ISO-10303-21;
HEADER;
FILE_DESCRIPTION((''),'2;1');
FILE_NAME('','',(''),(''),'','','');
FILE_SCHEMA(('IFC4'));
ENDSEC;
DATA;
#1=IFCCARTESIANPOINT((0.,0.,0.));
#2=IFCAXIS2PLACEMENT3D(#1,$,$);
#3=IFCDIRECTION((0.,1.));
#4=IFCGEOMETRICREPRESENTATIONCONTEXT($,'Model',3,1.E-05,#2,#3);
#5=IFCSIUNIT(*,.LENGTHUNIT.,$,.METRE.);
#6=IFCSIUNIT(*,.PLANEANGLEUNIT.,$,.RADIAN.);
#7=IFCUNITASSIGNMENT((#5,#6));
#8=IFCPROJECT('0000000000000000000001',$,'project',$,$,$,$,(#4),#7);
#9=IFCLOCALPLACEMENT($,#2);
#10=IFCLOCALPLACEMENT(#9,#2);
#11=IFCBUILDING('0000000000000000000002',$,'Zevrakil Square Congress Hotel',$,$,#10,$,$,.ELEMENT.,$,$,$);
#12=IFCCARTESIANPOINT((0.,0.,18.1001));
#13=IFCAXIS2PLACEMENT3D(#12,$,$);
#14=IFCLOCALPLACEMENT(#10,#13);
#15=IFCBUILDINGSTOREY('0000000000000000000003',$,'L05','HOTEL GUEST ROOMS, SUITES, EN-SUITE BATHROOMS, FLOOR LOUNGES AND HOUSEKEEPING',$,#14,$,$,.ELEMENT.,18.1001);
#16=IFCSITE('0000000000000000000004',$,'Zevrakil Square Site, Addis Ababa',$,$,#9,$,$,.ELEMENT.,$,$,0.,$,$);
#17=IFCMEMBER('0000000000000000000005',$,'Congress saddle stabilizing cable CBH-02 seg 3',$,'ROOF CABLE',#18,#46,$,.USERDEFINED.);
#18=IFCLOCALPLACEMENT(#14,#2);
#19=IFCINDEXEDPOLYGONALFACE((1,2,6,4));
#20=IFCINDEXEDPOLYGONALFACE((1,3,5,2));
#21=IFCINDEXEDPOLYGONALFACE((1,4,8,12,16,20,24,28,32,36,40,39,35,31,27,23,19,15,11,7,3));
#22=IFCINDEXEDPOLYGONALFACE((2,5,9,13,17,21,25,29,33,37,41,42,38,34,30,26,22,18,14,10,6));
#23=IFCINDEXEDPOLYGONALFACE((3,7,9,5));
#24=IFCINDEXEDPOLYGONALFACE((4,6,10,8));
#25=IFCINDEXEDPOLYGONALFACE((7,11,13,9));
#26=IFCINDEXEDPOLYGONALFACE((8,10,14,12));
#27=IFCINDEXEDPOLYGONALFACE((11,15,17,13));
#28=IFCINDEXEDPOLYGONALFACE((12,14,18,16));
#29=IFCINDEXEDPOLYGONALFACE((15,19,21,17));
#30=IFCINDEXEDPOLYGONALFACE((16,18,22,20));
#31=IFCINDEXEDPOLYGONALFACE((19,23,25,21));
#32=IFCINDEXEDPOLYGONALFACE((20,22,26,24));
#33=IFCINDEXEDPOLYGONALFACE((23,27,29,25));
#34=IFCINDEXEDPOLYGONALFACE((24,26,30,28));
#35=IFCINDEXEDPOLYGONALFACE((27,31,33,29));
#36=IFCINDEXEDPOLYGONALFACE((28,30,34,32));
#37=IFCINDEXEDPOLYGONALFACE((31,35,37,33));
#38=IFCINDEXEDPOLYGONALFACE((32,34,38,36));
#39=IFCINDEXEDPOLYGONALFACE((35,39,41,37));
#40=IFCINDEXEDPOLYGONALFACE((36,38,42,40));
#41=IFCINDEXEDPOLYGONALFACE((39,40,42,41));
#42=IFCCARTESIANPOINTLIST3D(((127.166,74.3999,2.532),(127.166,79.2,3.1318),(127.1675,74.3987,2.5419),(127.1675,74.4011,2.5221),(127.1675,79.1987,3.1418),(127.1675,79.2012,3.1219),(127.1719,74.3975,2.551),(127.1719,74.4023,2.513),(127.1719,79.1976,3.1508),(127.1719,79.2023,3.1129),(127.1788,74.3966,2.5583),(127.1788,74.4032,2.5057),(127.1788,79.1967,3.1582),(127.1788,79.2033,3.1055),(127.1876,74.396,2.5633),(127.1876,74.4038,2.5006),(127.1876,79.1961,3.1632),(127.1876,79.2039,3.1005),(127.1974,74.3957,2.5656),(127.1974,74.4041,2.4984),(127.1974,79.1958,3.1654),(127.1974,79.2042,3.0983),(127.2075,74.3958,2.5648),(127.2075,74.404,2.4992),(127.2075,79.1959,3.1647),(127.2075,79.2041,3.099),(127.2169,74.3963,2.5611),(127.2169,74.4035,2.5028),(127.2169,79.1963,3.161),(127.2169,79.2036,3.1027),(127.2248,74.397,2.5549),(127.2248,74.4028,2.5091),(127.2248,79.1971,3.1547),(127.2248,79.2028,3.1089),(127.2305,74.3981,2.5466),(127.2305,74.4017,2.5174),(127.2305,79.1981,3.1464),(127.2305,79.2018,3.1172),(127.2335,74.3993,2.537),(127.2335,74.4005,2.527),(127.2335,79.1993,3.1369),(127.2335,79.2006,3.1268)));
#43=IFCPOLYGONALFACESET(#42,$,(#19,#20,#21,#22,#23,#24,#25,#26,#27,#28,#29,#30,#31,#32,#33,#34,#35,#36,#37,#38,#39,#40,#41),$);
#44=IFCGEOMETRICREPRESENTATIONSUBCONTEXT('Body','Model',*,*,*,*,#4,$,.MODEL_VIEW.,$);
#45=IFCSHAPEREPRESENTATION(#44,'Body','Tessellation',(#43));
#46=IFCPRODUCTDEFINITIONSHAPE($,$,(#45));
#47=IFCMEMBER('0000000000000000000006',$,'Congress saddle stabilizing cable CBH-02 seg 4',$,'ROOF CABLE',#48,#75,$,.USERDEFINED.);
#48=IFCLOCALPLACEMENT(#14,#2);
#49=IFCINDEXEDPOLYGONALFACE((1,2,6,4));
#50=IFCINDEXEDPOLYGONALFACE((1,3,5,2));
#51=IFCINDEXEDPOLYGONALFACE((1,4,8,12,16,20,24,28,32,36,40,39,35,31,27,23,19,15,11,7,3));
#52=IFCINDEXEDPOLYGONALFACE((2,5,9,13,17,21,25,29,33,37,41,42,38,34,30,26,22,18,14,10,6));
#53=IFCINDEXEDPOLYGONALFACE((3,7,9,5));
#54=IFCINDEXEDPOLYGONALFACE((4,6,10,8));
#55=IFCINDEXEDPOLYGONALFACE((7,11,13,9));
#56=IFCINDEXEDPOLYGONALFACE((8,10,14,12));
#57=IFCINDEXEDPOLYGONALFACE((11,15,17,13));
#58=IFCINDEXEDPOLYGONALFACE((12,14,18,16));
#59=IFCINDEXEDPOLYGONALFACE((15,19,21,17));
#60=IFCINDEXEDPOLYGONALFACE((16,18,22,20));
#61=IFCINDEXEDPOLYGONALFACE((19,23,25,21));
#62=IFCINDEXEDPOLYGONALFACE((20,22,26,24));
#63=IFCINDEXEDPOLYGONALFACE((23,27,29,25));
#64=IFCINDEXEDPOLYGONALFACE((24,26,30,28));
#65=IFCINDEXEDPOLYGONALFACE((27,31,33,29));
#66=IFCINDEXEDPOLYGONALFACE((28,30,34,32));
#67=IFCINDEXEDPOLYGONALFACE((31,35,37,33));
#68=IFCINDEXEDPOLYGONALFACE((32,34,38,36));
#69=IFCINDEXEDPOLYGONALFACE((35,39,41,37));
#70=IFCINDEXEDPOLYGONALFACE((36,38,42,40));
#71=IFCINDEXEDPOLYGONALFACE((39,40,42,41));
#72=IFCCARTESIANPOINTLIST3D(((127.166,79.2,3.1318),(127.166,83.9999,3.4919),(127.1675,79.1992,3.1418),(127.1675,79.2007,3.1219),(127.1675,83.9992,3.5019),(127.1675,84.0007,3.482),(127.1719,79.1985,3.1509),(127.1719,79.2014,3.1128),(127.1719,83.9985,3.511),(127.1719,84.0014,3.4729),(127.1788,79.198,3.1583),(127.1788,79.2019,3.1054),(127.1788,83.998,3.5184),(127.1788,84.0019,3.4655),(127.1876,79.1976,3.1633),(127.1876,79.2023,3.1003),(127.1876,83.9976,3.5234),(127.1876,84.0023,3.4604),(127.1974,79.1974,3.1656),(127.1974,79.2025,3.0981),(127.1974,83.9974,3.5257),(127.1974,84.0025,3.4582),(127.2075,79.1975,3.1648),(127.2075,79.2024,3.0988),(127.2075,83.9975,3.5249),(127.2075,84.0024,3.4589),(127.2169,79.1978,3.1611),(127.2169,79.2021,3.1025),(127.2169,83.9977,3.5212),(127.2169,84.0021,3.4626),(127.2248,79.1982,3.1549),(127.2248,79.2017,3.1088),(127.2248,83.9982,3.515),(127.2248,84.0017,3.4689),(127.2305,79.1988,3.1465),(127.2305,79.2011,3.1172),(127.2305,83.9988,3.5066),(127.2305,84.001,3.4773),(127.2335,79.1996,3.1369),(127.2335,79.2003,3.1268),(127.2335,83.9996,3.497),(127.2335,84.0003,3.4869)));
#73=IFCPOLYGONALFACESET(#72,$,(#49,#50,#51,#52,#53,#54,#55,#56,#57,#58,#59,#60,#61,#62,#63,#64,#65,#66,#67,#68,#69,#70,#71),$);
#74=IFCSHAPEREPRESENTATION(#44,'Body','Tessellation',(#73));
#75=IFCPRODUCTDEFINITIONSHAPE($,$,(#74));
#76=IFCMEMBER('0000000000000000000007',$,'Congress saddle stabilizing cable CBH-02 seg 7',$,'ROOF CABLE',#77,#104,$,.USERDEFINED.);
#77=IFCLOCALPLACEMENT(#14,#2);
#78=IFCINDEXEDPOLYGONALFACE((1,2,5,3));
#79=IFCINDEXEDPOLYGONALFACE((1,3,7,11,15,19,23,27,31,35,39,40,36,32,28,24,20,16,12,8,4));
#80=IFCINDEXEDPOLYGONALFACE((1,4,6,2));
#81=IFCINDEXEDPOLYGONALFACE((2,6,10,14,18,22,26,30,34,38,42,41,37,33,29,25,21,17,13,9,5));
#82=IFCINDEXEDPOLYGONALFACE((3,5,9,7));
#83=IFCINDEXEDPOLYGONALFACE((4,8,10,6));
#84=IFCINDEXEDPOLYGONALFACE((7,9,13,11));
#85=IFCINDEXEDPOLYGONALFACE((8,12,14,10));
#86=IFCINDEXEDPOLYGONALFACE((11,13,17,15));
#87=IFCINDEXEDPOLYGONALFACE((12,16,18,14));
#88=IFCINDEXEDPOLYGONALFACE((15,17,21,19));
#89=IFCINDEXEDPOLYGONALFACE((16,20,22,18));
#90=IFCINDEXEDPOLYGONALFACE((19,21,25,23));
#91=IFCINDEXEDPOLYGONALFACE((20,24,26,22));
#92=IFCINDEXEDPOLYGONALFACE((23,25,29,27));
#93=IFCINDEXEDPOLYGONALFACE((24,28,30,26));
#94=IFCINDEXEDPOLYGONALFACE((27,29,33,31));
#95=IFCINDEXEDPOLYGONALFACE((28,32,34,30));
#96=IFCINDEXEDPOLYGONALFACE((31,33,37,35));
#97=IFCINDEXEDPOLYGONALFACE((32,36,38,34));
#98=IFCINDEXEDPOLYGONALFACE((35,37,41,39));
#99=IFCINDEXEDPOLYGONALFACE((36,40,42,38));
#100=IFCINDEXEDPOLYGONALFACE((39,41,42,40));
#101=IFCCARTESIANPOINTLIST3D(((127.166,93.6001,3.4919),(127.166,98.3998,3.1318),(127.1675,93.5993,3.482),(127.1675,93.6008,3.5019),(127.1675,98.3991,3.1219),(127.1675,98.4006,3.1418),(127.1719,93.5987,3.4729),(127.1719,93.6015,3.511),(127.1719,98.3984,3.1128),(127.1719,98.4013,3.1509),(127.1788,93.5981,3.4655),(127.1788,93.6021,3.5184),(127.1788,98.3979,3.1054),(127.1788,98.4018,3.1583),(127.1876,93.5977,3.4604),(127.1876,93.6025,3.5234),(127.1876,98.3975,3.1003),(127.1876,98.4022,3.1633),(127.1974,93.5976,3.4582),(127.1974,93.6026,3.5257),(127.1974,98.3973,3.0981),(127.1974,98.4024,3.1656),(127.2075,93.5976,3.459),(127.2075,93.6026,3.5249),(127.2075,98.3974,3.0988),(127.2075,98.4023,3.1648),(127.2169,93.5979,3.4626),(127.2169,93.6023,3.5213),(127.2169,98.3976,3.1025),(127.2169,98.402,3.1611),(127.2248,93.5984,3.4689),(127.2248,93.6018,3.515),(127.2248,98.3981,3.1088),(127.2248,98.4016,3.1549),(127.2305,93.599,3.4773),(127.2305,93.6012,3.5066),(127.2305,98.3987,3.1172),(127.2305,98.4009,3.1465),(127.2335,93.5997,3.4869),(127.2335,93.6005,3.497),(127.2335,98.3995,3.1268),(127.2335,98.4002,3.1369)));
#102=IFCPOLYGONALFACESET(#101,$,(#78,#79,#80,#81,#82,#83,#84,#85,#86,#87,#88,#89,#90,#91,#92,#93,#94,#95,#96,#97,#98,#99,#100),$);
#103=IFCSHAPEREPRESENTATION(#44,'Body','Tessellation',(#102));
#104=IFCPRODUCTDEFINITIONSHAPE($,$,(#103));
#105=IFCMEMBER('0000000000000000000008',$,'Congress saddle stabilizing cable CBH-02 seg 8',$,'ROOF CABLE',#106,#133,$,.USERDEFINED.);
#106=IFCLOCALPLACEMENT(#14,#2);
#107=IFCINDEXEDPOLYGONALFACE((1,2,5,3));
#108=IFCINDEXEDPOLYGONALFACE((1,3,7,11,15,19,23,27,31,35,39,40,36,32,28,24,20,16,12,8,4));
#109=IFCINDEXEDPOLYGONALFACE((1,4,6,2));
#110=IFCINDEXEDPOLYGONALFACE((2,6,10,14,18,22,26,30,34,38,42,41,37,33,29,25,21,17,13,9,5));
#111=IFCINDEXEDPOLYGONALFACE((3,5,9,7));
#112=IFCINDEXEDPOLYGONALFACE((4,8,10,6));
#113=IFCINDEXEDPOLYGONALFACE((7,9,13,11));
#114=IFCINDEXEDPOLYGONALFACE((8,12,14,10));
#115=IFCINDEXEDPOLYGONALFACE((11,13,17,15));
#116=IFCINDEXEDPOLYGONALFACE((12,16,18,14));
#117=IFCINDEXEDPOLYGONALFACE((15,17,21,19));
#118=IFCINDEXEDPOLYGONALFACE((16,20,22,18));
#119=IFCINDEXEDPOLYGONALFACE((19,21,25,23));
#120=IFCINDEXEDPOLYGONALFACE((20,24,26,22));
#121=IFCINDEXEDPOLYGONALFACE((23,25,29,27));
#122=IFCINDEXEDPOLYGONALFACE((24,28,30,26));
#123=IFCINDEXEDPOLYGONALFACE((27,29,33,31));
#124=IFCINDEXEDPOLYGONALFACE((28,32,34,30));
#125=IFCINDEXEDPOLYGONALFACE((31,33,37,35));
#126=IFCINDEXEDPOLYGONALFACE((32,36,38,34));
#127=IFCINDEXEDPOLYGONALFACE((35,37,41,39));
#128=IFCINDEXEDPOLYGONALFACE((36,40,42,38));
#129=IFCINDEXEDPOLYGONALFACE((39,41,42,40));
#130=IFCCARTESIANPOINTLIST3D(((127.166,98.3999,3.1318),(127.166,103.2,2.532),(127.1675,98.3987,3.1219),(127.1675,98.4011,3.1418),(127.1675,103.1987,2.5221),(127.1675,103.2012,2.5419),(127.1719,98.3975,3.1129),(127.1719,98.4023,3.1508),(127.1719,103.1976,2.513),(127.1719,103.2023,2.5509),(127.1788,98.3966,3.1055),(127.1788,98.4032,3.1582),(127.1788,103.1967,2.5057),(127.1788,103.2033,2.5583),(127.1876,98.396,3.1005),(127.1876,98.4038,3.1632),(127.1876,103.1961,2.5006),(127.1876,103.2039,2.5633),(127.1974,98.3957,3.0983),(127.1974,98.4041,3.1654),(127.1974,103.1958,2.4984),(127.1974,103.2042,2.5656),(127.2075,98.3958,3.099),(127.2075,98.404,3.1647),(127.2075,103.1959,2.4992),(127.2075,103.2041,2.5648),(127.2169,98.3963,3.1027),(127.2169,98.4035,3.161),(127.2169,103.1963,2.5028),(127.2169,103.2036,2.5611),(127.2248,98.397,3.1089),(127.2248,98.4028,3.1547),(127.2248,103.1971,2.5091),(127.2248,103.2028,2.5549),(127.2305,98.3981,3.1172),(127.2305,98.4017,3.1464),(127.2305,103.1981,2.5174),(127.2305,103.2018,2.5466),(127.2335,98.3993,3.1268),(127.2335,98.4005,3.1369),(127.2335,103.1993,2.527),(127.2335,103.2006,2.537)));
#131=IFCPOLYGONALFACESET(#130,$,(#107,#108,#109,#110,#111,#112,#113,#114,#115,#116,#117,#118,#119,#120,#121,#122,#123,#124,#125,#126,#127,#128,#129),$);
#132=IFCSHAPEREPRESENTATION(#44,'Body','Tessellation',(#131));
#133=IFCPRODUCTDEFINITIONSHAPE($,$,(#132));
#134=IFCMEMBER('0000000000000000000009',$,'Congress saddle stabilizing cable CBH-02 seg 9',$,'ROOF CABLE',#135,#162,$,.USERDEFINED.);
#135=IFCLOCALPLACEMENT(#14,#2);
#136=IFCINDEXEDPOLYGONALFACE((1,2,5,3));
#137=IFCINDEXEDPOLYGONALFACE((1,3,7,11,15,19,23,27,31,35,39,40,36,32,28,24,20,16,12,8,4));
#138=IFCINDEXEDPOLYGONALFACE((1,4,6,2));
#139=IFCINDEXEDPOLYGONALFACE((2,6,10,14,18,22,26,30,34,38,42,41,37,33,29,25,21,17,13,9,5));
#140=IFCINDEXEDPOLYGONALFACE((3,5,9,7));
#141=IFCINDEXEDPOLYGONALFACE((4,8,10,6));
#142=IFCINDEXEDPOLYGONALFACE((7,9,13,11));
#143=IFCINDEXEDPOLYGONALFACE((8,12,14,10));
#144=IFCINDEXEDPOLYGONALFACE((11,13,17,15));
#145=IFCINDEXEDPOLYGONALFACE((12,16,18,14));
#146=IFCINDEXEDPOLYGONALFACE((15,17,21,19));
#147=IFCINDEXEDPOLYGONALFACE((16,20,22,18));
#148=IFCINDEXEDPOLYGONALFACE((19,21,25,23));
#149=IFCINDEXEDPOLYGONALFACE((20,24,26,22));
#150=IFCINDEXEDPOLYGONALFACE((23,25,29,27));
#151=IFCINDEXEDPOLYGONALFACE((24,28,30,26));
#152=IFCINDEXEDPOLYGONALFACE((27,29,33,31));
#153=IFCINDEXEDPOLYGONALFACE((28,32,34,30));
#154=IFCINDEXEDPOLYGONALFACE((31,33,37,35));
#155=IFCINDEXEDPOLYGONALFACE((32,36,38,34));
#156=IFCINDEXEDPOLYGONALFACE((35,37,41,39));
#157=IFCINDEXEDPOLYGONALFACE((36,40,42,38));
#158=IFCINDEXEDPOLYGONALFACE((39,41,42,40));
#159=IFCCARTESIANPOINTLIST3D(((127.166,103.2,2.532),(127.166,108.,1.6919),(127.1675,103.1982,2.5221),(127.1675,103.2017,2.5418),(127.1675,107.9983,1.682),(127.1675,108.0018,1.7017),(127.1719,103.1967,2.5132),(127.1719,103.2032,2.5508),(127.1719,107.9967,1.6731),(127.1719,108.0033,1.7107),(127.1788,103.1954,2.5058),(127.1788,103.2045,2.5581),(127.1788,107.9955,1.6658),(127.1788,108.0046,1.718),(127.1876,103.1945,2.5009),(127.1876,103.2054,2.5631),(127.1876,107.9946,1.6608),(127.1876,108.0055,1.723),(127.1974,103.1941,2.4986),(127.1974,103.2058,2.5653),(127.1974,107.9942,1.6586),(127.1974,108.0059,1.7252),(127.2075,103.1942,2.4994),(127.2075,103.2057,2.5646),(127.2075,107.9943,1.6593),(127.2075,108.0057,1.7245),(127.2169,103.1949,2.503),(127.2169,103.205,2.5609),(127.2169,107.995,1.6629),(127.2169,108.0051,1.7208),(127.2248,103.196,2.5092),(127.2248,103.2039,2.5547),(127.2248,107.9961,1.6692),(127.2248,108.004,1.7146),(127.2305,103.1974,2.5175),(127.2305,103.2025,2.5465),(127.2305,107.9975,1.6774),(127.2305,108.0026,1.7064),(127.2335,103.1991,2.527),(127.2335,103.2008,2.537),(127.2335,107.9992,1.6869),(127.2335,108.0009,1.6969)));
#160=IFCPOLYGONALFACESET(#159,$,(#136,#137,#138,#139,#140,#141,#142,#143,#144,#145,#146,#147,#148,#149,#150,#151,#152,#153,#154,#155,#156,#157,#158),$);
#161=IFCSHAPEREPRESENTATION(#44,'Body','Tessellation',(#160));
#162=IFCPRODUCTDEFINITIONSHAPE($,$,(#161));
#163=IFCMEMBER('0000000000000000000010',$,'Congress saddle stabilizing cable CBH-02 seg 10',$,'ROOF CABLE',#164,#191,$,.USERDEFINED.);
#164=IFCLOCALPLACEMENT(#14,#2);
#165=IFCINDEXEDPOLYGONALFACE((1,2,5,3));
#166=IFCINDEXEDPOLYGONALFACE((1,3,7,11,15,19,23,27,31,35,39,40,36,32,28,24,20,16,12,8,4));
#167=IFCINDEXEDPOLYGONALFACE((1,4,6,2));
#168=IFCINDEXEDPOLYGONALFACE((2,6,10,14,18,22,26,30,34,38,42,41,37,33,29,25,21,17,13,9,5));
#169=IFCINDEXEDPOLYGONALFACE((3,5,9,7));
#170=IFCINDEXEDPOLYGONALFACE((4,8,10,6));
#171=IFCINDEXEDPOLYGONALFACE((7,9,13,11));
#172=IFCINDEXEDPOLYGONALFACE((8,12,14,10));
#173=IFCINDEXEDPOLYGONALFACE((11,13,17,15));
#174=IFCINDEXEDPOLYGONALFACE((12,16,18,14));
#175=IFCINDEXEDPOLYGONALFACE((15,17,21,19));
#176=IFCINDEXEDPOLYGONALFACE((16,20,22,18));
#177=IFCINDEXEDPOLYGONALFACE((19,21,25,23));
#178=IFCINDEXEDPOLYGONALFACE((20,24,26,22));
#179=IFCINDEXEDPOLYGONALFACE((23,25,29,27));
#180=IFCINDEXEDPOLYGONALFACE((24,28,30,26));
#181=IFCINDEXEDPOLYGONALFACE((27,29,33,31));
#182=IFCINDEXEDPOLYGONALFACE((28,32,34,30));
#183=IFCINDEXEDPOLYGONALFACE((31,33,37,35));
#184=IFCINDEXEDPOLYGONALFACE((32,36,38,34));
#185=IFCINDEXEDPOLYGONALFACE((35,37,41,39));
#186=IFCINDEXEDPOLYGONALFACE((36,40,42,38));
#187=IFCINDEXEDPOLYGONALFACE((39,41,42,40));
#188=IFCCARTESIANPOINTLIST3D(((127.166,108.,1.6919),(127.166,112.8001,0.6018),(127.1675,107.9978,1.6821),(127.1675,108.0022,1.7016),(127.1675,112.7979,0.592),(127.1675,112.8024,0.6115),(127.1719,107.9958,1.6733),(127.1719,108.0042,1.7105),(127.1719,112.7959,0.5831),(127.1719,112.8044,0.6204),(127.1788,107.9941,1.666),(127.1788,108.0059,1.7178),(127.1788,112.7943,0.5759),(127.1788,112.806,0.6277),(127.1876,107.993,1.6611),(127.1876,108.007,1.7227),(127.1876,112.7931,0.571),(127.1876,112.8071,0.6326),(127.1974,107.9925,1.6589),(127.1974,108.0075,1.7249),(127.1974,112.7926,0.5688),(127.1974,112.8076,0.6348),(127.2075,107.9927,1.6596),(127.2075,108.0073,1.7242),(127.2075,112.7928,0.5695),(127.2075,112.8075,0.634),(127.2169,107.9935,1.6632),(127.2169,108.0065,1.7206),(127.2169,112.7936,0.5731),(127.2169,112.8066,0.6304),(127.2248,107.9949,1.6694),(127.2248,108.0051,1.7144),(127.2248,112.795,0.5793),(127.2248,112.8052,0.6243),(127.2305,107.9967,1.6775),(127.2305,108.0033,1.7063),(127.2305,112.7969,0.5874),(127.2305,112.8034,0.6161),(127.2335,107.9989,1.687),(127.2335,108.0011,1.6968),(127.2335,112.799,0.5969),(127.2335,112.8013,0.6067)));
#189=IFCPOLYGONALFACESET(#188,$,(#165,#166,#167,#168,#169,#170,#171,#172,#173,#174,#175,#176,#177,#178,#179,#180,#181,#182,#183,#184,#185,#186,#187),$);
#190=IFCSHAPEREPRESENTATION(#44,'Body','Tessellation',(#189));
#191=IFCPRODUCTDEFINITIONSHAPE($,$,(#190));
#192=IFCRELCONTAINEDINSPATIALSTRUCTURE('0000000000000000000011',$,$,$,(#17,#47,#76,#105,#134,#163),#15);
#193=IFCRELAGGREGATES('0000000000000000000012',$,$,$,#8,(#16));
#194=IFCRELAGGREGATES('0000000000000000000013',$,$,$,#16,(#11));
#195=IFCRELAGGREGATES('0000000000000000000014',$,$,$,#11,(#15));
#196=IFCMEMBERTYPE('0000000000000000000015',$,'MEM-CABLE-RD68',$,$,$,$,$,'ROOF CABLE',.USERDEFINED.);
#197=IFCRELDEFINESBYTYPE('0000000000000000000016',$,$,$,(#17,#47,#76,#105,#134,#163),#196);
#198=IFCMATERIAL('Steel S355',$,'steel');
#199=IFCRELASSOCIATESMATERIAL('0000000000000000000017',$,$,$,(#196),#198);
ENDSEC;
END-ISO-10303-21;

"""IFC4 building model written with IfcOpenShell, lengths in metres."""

from ifc_helpers import new_model, si_unit, direction, frame, origin, origin_2d, place, context, subcontext, project, spatial, circle, extrude, material, material_profile, profile_set, type_object, element, save


model = new_model("IFC4")

# Units and contexts
model_context = context("Model", 3, precision=1e-05, world=origin(), true_north=direction((0.0, 1.0)))
body_context = subcontext(model_context, "Body", "Model", "MODEL_VIEW")
ifc_project = project(units=[si_unit("LENGTHUNIT", "METRE"), si_unit("PLANEANGLEUNIT", "RADIAN")], contexts=[model_context])

# Site, building, storey
site_placement = place(None, origin())
site = spatial("IfcSite", under=ifc_project, at=site_placement, Name="Zevrakil Square Site, Addis Ababa", CompositionType="ELEMENT", RefElevation=0.0)
building_placement = place(site_placement, origin())
building = spatial("IfcBuilding", under=site, at=building_placement, Name="Zevrakil Square Congress Hotel", CompositionType="ELEMENT")
storey_placement = place(building_placement, frame((0.0, 0.0, 18.1001)))
storey = spatial("IfcBuildingStorey", under=building, at=storey_placement, Name="L05", Description="HOTEL GUEST ROOMS, SUITES, EN-SUITE BATHROOMS, FLOOR LOUNGES AND HOUSEKEEPING", CompositionType="ELEMENT", Elevation=18.1001)

# Members
ifc_material_1 = material(Name="Steel S355", Category="steel")
ifc_material_profile_1 = material_profile(ifc_material_1, circle(Radius=0.0339, at=origin_2d()), Name="CABLE RD68")
ifc_profile_set_1 = profile_set([ifc_material_profile_1], Name="Steel S355")
member_type_1 = type_object("IfcMemberType", Name="MEM-CABLE-RD68", ElementType="ROOF CABLE", PredefinedType="USERDEFINED", material=ifc_profile_set_1)
member_1_placement = place(storey_placement, frame((127.2, 74.3999, 2.532), z_axis=(0.0, 0.992282, 0.124004), x_axis=(-1.0, 0.0, 0.0)))
element("IfcMember", 1, at=member_1_placement, inside=storey, type_object=member_type_1, Name="Congress saddle stabilizing cable CBH-02 seg 3", ObjectType="ROOF CABLE", PredefinedType="USERDEFINED", context=body_context, shape_type="SweptSolid", body=[
    extrude(circle(Radius=0.0339, at=origin_2d()), origin(), (0.0, 0.0, 1.0), 4.8374),
])
member_2_placement = place(storey_placement, frame((127.2, 79.2, 3.1318), z_axis=(0.0, 0.997198, 0.074811), x_axis=(-1.0, 0.0, 0.0)))
element("IfcMember", 2, at=member_2_placement, inside=storey, type_object=member_type_1, Name="Congress saddle stabilizing cable CBH-02 seg 4", ObjectType="ROOF CABLE", PredefinedType="USERDEFINED", context=body_context, shape_type="SweptSolid", body=[
    extrude(circle(Radius=0.0339, at=origin_2d()), origin(), (0.0, 0.0, 1.0), 4.8135),
])
member_3_placement = place(storey_placement, frame((127.2, 93.6001, 3.4919), z_axis=(0.0, 0.997197, -0.074815), x_axis=(-1.0, 0.0, 0.0)))
element("IfcMember", 3, at=member_3_placement, inside=storey, type_object=member_type_1, Name="Congress saddle stabilizing cable CBH-02 seg 7", ObjectType="ROOF CABLE", PredefinedType="USERDEFINED", context=body_context, shape_type="SweptSolid", body=[
    extrude(circle(Radius=0.0339, at=origin_2d()), origin(), (0.0, 0.0, 1.0), 4.8132),
])
member_4_placement = place(storey_placement, frame((127.2, 98.3999, 3.1318), z_axis=(0.0, 0.992282, -0.124004), x_axis=(-1.0, 0.0, 0.0)))
element("IfcMember", 4, at=member_4_placement, inside=storey, type_object=member_type_1, Name="Congress saddle stabilizing cable CBH-02 seg 8", ObjectType="ROOF CABLE", PredefinedType="USERDEFINED", context=body_context, shape_type="SweptSolid", body=[
    extrude(circle(Radius=0.0339, at=origin_2d()), origin(), (0.0, 0.0, 1.0), 4.8374),
])
member_5_placement = place(storey_placement, frame((127.2, 103.2, 2.532), z_axis=(0.0, 0.985028, -0.172396), x_axis=(-1.0, 0.0, 0.0)))
element("IfcMember", 5, at=member_5_placement, inside=storey, type_object=member_type_1, Name="Congress saddle stabilizing cable CBH-02 seg 9", ObjectType="ROOF CABLE", PredefinedType="USERDEFINED", context=body_context, shape_type="SweptSolid", body=[
    extrude(circle(Radius=0.0339, at=origin_2d()), origin(), (0.0, 0.0, 1.0), 4.873),
])
member_6_placement = place(storey_placement, frame((127.2, 108.0, 1.6919), z_axis=(0.0, 0.975169, -0.22146), x_axis=(-1.0, 0.0, 0.0)))
element("IfcMember", 6, at=member_6_placement, inside=storey, type_object=member_type_1, Name="Congress saddle stabilizing cable CBH-02 seg 10", ObjectType="ROOF CABLE", PredefinedType="USERDEFINED", context=body_context, shape_type="SweptSolid", body=[
    extrude(circle(Radius=0.0339, at=origin_2d()), origin(), (0.0, 0.0, 1.0), 4.9224),
])

save(model, "model.ifc")
